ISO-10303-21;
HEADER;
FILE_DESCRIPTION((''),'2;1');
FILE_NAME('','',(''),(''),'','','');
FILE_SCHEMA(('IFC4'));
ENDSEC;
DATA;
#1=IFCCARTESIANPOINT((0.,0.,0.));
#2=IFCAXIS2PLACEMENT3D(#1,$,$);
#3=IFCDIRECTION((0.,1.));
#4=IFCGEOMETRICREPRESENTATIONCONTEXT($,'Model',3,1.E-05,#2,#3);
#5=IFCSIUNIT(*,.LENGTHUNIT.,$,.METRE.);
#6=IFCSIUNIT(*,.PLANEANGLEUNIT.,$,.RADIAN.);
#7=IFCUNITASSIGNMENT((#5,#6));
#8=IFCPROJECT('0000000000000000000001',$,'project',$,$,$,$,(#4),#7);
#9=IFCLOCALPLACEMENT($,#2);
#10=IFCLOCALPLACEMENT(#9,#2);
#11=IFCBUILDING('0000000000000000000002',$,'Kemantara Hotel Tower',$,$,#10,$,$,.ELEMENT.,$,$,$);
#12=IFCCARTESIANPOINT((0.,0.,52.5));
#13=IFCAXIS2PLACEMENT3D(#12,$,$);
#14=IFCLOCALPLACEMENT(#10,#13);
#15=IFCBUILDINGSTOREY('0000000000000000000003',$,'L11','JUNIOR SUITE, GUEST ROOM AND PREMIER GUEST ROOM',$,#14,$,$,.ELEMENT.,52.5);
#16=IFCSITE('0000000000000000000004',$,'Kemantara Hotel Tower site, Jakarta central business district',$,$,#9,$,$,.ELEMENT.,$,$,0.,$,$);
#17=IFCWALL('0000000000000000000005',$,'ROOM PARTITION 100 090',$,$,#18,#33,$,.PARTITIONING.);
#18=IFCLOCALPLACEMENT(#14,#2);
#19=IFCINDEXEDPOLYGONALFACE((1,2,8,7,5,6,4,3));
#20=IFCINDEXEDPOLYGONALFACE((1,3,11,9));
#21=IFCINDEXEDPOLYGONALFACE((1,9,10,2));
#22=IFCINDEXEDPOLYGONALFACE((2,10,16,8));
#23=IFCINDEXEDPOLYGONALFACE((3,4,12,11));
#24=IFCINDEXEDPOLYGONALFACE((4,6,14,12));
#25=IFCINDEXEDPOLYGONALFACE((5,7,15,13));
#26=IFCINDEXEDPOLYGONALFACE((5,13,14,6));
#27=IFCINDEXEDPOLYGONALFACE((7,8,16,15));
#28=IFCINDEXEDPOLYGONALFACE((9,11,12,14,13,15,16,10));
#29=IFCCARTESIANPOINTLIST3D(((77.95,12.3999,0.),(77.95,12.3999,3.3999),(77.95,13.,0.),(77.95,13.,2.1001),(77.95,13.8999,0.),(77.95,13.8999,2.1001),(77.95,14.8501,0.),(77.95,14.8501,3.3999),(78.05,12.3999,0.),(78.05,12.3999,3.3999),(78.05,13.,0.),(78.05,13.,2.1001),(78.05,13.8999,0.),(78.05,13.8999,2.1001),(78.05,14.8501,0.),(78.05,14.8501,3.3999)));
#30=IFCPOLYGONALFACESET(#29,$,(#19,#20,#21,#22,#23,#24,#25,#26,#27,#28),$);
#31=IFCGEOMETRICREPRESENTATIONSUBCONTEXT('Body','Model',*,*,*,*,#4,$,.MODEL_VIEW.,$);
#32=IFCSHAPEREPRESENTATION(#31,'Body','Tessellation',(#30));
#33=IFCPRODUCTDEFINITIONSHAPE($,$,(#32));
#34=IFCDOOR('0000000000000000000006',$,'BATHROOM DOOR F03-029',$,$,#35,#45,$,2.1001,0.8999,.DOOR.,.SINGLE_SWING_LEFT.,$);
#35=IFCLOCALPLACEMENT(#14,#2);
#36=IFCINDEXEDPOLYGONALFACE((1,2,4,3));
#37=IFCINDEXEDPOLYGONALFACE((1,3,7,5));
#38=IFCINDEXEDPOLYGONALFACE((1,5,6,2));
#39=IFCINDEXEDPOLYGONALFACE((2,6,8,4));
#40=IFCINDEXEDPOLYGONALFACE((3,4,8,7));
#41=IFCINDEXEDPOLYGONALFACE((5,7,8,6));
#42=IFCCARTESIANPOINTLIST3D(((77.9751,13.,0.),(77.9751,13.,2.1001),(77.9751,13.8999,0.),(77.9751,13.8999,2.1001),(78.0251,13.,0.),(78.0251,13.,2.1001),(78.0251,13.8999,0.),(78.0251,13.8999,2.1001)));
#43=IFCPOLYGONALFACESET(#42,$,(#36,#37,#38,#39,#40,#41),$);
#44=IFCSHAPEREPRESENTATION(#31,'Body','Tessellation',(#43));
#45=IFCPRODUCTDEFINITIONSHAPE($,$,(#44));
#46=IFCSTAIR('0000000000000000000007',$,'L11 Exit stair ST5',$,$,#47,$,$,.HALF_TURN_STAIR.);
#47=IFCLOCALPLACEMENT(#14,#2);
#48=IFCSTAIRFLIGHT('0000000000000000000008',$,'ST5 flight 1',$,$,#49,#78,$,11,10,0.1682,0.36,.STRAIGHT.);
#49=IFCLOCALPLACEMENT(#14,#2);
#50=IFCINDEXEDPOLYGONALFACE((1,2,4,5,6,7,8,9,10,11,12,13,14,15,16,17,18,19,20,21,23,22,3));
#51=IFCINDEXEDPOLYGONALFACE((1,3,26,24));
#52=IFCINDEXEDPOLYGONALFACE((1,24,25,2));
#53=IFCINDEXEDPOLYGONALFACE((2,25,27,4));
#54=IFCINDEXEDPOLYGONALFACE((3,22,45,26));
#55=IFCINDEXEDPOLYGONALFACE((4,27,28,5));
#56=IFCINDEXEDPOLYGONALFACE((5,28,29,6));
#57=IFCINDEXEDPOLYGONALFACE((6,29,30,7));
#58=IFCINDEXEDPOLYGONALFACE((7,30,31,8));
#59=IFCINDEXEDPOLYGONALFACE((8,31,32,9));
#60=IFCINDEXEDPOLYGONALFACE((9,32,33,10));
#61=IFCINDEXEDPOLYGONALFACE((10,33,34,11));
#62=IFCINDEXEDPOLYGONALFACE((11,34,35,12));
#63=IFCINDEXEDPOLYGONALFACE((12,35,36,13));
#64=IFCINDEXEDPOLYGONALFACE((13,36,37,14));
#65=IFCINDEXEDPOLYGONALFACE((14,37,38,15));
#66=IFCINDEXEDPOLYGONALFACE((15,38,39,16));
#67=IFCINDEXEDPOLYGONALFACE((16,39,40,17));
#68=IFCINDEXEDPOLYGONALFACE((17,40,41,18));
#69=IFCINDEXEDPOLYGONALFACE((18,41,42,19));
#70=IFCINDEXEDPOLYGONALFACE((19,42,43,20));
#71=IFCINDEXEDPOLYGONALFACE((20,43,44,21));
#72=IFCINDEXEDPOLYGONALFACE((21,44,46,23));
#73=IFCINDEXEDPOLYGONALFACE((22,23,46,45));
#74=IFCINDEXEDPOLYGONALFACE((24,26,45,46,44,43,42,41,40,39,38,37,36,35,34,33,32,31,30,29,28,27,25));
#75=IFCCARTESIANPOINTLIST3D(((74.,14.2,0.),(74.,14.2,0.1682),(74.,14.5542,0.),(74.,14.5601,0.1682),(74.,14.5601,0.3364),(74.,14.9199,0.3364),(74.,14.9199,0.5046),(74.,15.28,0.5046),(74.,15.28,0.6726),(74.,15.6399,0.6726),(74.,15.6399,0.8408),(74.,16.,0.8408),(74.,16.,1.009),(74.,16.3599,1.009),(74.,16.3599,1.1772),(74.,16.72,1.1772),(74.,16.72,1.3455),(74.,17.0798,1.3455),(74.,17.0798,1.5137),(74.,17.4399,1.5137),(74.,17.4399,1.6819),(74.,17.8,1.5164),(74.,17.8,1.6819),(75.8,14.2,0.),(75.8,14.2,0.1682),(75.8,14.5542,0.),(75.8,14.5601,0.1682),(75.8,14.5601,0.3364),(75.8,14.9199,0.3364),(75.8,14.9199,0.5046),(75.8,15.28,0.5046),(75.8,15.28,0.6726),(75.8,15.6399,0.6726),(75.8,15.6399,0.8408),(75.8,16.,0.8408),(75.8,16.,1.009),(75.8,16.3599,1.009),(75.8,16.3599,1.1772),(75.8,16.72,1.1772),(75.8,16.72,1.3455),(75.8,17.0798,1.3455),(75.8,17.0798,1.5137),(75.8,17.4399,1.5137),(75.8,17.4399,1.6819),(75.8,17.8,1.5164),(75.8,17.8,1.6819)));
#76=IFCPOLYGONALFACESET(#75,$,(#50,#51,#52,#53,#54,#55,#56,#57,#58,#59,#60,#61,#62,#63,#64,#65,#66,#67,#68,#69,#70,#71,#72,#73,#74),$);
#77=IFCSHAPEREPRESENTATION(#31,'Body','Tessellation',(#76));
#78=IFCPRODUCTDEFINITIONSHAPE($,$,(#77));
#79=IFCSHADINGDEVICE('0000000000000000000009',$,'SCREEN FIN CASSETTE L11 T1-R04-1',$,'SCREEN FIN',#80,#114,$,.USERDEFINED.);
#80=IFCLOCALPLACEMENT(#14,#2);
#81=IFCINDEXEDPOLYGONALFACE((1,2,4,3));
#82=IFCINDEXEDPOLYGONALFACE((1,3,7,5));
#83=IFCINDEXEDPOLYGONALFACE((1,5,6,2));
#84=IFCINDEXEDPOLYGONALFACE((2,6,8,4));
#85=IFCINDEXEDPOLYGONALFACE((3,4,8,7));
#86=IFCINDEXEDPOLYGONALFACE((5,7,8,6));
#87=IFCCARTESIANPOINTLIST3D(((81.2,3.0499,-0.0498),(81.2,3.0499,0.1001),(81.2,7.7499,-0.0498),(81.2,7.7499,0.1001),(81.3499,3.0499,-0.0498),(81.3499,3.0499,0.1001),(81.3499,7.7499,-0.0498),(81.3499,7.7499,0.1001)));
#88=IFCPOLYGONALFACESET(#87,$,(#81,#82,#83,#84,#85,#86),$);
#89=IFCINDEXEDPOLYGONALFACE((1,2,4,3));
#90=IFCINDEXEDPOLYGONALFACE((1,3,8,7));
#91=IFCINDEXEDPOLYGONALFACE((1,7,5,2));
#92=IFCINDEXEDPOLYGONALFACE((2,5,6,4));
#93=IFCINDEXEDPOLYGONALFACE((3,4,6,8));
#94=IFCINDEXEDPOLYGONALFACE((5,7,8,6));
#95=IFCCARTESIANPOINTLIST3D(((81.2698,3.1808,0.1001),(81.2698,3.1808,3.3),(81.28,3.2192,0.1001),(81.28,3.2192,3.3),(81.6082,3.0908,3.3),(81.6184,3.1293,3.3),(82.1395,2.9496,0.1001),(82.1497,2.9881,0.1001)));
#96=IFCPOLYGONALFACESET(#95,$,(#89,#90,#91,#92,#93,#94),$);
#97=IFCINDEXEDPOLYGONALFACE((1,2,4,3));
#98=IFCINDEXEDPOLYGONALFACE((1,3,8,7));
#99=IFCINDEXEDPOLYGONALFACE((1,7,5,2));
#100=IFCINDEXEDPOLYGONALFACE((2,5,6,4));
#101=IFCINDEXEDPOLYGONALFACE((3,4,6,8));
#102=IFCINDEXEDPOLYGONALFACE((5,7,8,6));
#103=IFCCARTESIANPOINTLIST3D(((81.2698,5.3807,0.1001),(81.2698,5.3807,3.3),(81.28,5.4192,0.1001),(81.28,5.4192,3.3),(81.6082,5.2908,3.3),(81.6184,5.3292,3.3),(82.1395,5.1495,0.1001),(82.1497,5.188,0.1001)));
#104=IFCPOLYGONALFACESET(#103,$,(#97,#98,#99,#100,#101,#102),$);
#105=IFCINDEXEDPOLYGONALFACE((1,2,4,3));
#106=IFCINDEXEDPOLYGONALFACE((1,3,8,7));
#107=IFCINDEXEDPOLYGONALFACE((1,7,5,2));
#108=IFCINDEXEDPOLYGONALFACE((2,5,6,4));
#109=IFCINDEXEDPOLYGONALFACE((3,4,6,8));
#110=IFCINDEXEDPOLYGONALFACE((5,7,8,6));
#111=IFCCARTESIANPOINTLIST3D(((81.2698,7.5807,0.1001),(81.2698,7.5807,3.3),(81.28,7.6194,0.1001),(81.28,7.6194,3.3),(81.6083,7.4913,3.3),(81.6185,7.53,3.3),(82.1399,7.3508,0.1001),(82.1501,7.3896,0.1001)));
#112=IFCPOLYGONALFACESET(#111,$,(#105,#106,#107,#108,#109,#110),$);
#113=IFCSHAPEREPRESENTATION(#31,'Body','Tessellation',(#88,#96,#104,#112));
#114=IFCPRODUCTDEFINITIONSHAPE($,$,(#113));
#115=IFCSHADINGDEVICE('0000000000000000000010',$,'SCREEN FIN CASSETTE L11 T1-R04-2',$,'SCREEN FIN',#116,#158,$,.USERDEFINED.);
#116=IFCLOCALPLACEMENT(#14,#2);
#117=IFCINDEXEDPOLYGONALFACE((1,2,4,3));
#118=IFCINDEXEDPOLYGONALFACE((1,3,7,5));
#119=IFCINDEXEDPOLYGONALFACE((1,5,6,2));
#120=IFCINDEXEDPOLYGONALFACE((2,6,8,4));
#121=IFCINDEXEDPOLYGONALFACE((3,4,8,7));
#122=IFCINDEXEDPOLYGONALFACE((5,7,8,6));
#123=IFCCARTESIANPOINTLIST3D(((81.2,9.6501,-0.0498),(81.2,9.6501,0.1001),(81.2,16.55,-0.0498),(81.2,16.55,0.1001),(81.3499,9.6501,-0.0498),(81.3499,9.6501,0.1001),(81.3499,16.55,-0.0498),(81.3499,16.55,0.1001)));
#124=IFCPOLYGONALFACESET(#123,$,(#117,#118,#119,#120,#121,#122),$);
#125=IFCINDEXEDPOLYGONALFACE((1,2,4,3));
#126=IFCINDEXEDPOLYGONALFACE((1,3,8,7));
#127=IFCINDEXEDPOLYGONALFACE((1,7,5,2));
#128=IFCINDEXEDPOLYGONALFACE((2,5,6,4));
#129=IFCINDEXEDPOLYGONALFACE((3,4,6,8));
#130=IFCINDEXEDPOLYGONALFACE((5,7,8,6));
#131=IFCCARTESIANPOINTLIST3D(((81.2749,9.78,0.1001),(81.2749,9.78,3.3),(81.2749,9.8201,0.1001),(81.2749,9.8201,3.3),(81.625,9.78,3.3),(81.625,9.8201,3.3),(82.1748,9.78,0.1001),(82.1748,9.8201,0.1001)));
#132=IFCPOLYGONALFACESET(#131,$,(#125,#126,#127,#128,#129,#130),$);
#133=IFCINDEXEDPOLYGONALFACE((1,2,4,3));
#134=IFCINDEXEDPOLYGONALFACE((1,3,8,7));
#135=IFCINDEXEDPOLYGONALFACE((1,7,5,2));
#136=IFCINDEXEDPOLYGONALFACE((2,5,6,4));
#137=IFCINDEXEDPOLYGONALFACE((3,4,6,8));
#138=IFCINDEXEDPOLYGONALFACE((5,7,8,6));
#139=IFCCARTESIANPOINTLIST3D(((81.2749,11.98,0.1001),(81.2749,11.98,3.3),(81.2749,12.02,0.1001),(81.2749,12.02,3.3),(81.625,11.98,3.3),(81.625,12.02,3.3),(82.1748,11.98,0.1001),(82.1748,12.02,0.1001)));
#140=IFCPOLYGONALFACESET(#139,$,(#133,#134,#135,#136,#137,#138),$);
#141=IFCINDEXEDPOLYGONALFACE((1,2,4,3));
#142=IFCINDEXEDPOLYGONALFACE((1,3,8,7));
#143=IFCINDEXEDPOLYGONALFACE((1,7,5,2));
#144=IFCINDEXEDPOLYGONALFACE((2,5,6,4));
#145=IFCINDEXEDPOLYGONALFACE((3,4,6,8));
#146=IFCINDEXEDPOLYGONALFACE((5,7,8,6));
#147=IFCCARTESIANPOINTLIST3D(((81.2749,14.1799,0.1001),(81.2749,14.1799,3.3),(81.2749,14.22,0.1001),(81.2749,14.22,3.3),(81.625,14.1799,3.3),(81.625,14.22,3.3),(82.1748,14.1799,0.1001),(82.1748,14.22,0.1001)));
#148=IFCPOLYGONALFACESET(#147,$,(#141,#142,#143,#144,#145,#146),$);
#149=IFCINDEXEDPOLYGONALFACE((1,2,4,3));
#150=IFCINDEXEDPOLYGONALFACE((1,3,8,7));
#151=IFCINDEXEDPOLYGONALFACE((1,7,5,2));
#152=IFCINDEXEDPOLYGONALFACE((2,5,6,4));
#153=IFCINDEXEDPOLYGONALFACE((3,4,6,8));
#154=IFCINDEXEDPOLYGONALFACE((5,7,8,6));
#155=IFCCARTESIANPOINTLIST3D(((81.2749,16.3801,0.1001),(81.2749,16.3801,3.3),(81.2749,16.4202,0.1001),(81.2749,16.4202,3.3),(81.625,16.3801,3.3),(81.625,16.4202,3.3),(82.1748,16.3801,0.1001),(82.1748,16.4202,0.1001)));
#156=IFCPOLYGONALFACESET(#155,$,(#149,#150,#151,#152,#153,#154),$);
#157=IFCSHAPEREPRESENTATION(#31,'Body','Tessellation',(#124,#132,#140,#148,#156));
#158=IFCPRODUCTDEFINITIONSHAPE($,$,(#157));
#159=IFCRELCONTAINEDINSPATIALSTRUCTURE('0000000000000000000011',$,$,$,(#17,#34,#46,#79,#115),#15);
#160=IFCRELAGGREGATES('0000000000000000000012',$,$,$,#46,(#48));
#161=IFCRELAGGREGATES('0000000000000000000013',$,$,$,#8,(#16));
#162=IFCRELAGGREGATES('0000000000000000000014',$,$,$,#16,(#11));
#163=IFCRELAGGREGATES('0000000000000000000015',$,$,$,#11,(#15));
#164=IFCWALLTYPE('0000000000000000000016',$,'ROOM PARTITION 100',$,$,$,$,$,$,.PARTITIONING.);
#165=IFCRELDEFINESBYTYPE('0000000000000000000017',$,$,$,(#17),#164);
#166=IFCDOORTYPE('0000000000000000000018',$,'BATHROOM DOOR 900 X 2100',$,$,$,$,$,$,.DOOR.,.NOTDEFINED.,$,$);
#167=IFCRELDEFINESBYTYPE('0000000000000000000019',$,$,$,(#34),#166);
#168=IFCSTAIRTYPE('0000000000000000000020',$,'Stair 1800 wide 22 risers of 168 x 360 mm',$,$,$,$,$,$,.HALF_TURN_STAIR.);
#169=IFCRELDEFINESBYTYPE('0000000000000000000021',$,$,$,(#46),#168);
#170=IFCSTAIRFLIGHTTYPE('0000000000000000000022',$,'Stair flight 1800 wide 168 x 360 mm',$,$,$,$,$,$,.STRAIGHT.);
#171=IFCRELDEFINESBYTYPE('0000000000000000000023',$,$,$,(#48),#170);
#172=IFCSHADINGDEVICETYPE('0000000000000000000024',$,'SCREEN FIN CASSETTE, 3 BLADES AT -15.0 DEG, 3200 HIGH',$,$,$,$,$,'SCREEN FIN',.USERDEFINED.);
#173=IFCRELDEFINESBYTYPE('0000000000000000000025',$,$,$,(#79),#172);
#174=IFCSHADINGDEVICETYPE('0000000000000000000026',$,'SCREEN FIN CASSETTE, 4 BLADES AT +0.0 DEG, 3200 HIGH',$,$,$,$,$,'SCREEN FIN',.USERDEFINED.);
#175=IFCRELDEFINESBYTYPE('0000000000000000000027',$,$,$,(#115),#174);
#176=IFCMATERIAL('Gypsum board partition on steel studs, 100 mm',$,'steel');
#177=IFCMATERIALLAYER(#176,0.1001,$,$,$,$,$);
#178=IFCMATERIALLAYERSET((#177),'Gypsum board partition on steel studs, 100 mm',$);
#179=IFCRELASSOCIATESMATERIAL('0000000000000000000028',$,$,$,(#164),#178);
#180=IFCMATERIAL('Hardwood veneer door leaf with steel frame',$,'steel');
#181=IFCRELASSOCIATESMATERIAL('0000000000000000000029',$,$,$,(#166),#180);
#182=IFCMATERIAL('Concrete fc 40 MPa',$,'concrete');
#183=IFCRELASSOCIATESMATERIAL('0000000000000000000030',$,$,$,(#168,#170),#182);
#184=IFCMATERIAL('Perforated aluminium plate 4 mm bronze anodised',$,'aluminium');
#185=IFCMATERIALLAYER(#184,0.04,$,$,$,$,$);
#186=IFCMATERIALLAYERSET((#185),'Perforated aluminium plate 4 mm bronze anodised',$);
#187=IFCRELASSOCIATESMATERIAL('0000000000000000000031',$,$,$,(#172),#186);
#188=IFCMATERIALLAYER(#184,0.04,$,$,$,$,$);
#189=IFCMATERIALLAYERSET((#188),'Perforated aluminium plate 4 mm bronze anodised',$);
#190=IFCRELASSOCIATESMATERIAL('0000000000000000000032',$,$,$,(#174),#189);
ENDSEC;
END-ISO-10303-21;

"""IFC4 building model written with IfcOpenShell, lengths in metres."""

from ifc_helpers import new_model, si_unit, direction, frame, frame_2d, origin, origin_2d, place, context, subcontext, project, spatial, polyline, rectangle, outline, extrude, source, transform, mapped, material, layer, layer_set, type_object, element, fill, aggregate, save


model = new_model("IFC4")

# Units and contexts
model_context = context("Model", 3, precision=1e-05, world=origin(), true_north=direction((0.0, 1.0)))
body_context = subcontext(model_context, "Body", "Model", "MODEL_VIEW")
ifc_project = project(units=[si_unit("LENGTHUNIT", "METRE"), si_unit("PLANEANGLEUNIT", "RADIAN")], contexts=[model_context])

# Site, building, storey
site_placement = place(None, origin())
site = spatial("IfcSite", under=ifc_project, at=site_placement, Name="Kemantara Hotel Tower site, Jakarta central business district", CompositionType="ELEMENT", RefElevation=0.0)
building_placement = place(site_placement, origin())
building = spatial("IfcBuilding", under=site, at=building_placement, Name="Kemantara Hotel Tower", CompositionType="ELEMENT")
storey_placement = place(building_placement, frame((0.0, 0.0, 52.5)))
storey = spatial("IfcBuildingStorey", under=building, at=storey_placement, Name="L11", Description="JUNIOR SUITE, GUEST ROOM AND PREMIER GUEST ROOM", CompositionType="ELEMENT", Elevation=52.5)

# Shared definitions
ifc_material_1 = material(Name="Hardwood veneer door leaf with steel frame", Category="steel")

# Shared definitions
ifc_material_2 = material(Name="Concrete fc 40 MPa", Category="concrete")
ifc_material_3 = material(Name="Gypsum board partition on steel studs, 100 mm", Category="steel")
ifc_layer_1 = layer(ifc_material_3, 0.1001)
ifc_layer_set_1 = layer_set([ifc_layer_1], Name="Gypsum board partition on steel studs, 100 mm")
wall_type_1 = type_object("IfcWallType", Name="ROOM PARTITION 100", PredefinedType="PARTITIONING", material=ifc_layer_set_1)

# Shared definitions
door_type_1 = type_object("IfcDoorType", Name="BATHROOM DOOR 900 X 2100", OperationType="NOTDEFINED", PredefinedType="DOOR", material=ifc_material_1)

# Wall, opening, door
wall_1_placement = place(storey_placement, frame((78.0, 12.3999, 0.0), z_axis=(0.0, 0.0, 1.0), x_axis=(0.0, 1.0, 0.0)))
wall_1 = element("IfcWall", 1, at=wall_1_placement, inside=storey, type_object=wall_type_1, Name="ROOM PARTITION 100 090", PredefinedType="PARTITIONING", context=body_context, shape_type="SweptSolid", body=[
    extrude(rectangle(XDim=2.4502, YDim=0.1001, at=frame_2d((1.2251, 0.0))), origin(), (0.0, 0.0, 1.0), 3.3999),
])
opening_1_placement = place(wall_1_placement, frame((0.6001, 0.0, 0.0)))
opening_1 = element("IfcOpeningElement", 2, at=opening_1_placement, cuts=wall_1, PredefinedType="OPENING", context=body_context, shape_type="SweptSolid", body=[
    extrude(rectangle(XDim=0.8999, YDim=2.1001, at=frame_2d((0.45, 1.05))), frame((0.0, 0.0601, 0.0), z_axis=(0.0, -1.0, 0.0), x_axis=(1.0, 0.0, 0.0)), (0.0, 0.0, 1.0), 0.1201),
])
door_1_placement = place(opening_1_placement, origin())
door_1 = element("IfcDoor", 3, at=door_1_placement, inside=storey, type_object=door_type_1, Name="BATHROOM DOOR F03-029", OperationType="SINGLE_SWING_LEFT", OverallHeight=2.1001, OverallWidth=0.8999, PredefinedType="DOOR", context=body_context, shape_type="SweptSolid", body=[
    extrude(rectangle(XDim=0.8999, YDim=2.1001, at=frame_2d((0.45, 1.05))), frame((0.0, 0.0249, 0.0), z_axis=(0.0, -1.0, 0.0), x_axis=(1.0, 0.0, 0.0)), (0.0, 0.0, 1.0), 0.05),
])
fill(opening_1, door_1)

# Stair, stair flight
stair_type = type_object("IfcStairType", Name="Stair 1800 wide 22 risers of 168 x 360 mm", PredefinedType="HALF_TURN_STAIR", material=ifc_material_2)
stair_placement = place(storey_placement, origin())
stair = element("IfcStair", 4, at=stair_placement, inside=storey, type_object=stair_type, Name="L11 Exit stair ST5", PredefinedType="HALF_TURN_STAIR")
stair_flight_type = type_object("IfcStairFlightType", Name="Stair flight 1800 wide 168 x 360 mm", PredefinedType="STRAIGHT", material=ifc_material_2)
stair_flight_placement = place(storey_placement, frame((74.8999, 14.2, 0.0), z_axis=(0.0, 0.0, 1.0), x_axis=(0.0, 1.0, 0.0)))
stair_flight = element("IfcStairFlight", 5, at=stair_flight_placement, type_object=stair_flight_type, Name="ST5 flight 1", NumberOfRisers=11, NumberOfTreads=10, PredefinedType="STRAIGHT", RiserHeight=0.1682, TreadLength=0.36, context=body_context, shape_type="SweptSolid", body=[
    extrude(outline(polyline([(0.0, 0.0), (0.0, 0.1682), (0.3601, 0.1682), (0.3601, 0.3364), (0.72, 0.3364), (0.72, 0.5046), (1.0801, 0.5046), (1.0801, 0.6726), (1.4399, 0.6726), (1.4399, 0.8408), (1.8, 0.8408), (1.8, 1.009), (2.1599, 1.009), (2.1599, 1.1772), (2.52, 1.1772), (2.52, 1.3455), (2.8799, 1.3455), (2.8799, 1.5137), (3.24, 1.5137), (3.24, 1.6819), (3.6001, 1.6819), (3.6001, 1.8501), (3.6001, 1.5164), (0.3542, 0.0), (0.0, 0.0)])), frame((0.0, 0.8999, 0.0), z_axis=(0.0, -1.0, 0.0), x_axis=(1.0, 0.0, 0.0)), (0.0, 0.0, 1.0), 1.8),
])
aggregate(stair, [stair_flight])

# Shading devices
ifc_material_4 = material(Name="Perforated aluminium plate 4 mm bronze anodised", Category="aluminium")
ifc_layer_2 = layer(ifc_material_4, 0.04)
ifc_layer_set_2 = layer_set([ifc_layer_2], Name="Perforated aluminium plate 4 mm bronze anodised")
shading_device_type_1 = type_object("IfcShadingDeviceType", Name="SCREEN FIN CASSETTE, 3 BLADES AT -15.0 DEG, 3200 HIGH", ElementType="SCREEN FIN", PredefinedType="USERDEFINED", material=ifc_layer_set_2)
shared_shape_1 = source(origin(), body_context, "Body", "SweptSolid", [
    extrude(rectangle(XDim=4.7, YDim=0.1499, at=origin_2d()), frame((2.2, -0.075, -0.1499), z_axis=(0.0, 0.0, 1.0), x_axis=(1.0, 0.0, 0.0)), (0.0, 0.0, 1.0), 0.1499),
    extrude(outline(polyline([(0.0, 0.0), (0.8999, 0.0), (0.3501, 3.2), (0.0, 3.2), (0.0, 0.0)])), frame((0.0193, -0.0801, 0.0), z_axis=(-0.966438, 0.256901, 0.0), x_axis=(-0.256901, -0.966438, 0.0)), (0.0, 0.0, 1.0), 0.0398),
    extrude(outline(polyline([(0.0, 0.0), (0.8999, 0.0), (0.3501, 3.2), (0.0, 3.2), (0.0, 0.0)])), frame((2.2192, -0.0801, 0.0), z_axis=(-0.966438, 0.256901, 0.0), x_axis=(-0.256901, -0.966438, 0.0)), (0.0, 0.0, 1.0), 0.0398),
    extrude(outline(polyline([(0.0, 0.0), (0.8999, 0.0), (0.3501, 3.2), (0.0, 3.2), (0.0, 0.0)])), frame((4.4194, -0.0801, 0.0), z_axis=(-0.966838, 0.255391, 0.0), x_axis=(-0.255391, -0.966838, 0.0)), (0.0, 0.0, 1.0), 0.04),
])
shading_device_1_placement = place(storey_placement, frame((81.2, 3.2, 0.1001), z_axis=(0.0, 0.0, 1.0), x_axis=(0.0, 1.0, 0.0)))
element("IfcShadingDevice", 6, at=shading_device_1_placement, inside=storey, type_object=shading_device_type_1, Name="SCREEN FIN CASSETTE L11 T1-R04-1", ObjectType="SCREEN FIN", PredefinedType="USERDEFINED", context=body_context, shape_type="MappedRepresentation", body=[
    mapped(shared_shape_1, transform((0.0, 0.0, 0.0))),
])
ifc_layer_3 = layer(ifc_material_4, 0.04)
ifc_layer_set_3 = layer_set([ifc_layer_3], Name="Perforated aluminium plate 4 mm bronze anodised")
shading_device_type_2 = type_object("IfcShadingDeviceType", Name="SCREEN FIN CASSETTE, 4 BLADES AT +0.0 DEG, 3200 HIGH", ElementType="SCREEN FIN", PredefinedType="USERDEFINED", material=ifc_layer_set_3)
shared_shape_2 = source(origin(), body_context, "Body", "SweptSolid", [
    extrude(rectangle(XDim=6.8999, YDim=0.1499, at=origin_2d()), frame((3.3, -0.075, -0.1499), z_axis=(0.0, 0.0, 1.0), x_axis=(1.0, 0.0, 0.0)), (0.0, 0.0, 1.0), 0.1499),
    extrude(outline(polyline([(0.0, 0.0), (0.8999, 0.0), (0.3501, 3.2), (0.0, 3.2), (0.0, 0.0)])), frame((0.02, -0.075, 0.0), z_axis=(-1.0, 0.0, 0.0), x_axis=(0.0, -1.0, 0.0)), (0.0, 0.0, 1.0), 0.04),
    extrude(outline(polyline([(0.0, 0.0), (0.8999, 0.0), (0.3501, 3.2), (0.0, 3.2), (0.0, 0.0)])), frame((2.22, -0.075, 0.0), z_axis=(-1.0, 0.0, 0.0), x_axis=(0.0, -1.0, 0.0)), (0.0, 0.0, 1.0), 0.04),
    extrude(outline(polyline([(0.0, 0.0), (0.8999, 0.0), (0.3501, 3.2), (0.0, 3.2), (0.0, 0.0)])), frame((4.4199, -0.075, 0.0), z_axis=(-1.0, 0.0, 0.0), x_axis=(0.0, -1.0, 0.0)), (0.0, 0.0, 1.0), 0.04),
    extrude(outline(polyline([(0.0, 0.0), (0.8999, 0.0), (0.3501, 3.2), (0.0, 3.2), (0.0, 0.0)])), frame((6.6201, -0.075, 0.0), z_axis=(-1.0, 0.0, 0.0), x_axis=(0.0, -1.0, 0.0)), (0.0, 0.0, 1.0), 0.04),
])
shading_device_2_placement = place(storey_placement, frame((81.2, 9.8, 0.1001), z_axis=(0.0, 0.0, 1.0), x_axis=(0.0, 1.0, 0.0)))
element("IfcShadingDevice", 7, at=shading_device_2_placement, inside=storey, type_object=shading_device_type_2, Name="SCREEN FIN CASSETTE L11 T1-R04-2", ObjectType="SCREEN FIN", PredefinedType="USERDEFINED", context=body_context, shape_type="MappedRepresentation", body=[
    mapped(shared_shape_2, transform((0.0, 0.0, 0.0))),
])

save(model, "model.ifc")
